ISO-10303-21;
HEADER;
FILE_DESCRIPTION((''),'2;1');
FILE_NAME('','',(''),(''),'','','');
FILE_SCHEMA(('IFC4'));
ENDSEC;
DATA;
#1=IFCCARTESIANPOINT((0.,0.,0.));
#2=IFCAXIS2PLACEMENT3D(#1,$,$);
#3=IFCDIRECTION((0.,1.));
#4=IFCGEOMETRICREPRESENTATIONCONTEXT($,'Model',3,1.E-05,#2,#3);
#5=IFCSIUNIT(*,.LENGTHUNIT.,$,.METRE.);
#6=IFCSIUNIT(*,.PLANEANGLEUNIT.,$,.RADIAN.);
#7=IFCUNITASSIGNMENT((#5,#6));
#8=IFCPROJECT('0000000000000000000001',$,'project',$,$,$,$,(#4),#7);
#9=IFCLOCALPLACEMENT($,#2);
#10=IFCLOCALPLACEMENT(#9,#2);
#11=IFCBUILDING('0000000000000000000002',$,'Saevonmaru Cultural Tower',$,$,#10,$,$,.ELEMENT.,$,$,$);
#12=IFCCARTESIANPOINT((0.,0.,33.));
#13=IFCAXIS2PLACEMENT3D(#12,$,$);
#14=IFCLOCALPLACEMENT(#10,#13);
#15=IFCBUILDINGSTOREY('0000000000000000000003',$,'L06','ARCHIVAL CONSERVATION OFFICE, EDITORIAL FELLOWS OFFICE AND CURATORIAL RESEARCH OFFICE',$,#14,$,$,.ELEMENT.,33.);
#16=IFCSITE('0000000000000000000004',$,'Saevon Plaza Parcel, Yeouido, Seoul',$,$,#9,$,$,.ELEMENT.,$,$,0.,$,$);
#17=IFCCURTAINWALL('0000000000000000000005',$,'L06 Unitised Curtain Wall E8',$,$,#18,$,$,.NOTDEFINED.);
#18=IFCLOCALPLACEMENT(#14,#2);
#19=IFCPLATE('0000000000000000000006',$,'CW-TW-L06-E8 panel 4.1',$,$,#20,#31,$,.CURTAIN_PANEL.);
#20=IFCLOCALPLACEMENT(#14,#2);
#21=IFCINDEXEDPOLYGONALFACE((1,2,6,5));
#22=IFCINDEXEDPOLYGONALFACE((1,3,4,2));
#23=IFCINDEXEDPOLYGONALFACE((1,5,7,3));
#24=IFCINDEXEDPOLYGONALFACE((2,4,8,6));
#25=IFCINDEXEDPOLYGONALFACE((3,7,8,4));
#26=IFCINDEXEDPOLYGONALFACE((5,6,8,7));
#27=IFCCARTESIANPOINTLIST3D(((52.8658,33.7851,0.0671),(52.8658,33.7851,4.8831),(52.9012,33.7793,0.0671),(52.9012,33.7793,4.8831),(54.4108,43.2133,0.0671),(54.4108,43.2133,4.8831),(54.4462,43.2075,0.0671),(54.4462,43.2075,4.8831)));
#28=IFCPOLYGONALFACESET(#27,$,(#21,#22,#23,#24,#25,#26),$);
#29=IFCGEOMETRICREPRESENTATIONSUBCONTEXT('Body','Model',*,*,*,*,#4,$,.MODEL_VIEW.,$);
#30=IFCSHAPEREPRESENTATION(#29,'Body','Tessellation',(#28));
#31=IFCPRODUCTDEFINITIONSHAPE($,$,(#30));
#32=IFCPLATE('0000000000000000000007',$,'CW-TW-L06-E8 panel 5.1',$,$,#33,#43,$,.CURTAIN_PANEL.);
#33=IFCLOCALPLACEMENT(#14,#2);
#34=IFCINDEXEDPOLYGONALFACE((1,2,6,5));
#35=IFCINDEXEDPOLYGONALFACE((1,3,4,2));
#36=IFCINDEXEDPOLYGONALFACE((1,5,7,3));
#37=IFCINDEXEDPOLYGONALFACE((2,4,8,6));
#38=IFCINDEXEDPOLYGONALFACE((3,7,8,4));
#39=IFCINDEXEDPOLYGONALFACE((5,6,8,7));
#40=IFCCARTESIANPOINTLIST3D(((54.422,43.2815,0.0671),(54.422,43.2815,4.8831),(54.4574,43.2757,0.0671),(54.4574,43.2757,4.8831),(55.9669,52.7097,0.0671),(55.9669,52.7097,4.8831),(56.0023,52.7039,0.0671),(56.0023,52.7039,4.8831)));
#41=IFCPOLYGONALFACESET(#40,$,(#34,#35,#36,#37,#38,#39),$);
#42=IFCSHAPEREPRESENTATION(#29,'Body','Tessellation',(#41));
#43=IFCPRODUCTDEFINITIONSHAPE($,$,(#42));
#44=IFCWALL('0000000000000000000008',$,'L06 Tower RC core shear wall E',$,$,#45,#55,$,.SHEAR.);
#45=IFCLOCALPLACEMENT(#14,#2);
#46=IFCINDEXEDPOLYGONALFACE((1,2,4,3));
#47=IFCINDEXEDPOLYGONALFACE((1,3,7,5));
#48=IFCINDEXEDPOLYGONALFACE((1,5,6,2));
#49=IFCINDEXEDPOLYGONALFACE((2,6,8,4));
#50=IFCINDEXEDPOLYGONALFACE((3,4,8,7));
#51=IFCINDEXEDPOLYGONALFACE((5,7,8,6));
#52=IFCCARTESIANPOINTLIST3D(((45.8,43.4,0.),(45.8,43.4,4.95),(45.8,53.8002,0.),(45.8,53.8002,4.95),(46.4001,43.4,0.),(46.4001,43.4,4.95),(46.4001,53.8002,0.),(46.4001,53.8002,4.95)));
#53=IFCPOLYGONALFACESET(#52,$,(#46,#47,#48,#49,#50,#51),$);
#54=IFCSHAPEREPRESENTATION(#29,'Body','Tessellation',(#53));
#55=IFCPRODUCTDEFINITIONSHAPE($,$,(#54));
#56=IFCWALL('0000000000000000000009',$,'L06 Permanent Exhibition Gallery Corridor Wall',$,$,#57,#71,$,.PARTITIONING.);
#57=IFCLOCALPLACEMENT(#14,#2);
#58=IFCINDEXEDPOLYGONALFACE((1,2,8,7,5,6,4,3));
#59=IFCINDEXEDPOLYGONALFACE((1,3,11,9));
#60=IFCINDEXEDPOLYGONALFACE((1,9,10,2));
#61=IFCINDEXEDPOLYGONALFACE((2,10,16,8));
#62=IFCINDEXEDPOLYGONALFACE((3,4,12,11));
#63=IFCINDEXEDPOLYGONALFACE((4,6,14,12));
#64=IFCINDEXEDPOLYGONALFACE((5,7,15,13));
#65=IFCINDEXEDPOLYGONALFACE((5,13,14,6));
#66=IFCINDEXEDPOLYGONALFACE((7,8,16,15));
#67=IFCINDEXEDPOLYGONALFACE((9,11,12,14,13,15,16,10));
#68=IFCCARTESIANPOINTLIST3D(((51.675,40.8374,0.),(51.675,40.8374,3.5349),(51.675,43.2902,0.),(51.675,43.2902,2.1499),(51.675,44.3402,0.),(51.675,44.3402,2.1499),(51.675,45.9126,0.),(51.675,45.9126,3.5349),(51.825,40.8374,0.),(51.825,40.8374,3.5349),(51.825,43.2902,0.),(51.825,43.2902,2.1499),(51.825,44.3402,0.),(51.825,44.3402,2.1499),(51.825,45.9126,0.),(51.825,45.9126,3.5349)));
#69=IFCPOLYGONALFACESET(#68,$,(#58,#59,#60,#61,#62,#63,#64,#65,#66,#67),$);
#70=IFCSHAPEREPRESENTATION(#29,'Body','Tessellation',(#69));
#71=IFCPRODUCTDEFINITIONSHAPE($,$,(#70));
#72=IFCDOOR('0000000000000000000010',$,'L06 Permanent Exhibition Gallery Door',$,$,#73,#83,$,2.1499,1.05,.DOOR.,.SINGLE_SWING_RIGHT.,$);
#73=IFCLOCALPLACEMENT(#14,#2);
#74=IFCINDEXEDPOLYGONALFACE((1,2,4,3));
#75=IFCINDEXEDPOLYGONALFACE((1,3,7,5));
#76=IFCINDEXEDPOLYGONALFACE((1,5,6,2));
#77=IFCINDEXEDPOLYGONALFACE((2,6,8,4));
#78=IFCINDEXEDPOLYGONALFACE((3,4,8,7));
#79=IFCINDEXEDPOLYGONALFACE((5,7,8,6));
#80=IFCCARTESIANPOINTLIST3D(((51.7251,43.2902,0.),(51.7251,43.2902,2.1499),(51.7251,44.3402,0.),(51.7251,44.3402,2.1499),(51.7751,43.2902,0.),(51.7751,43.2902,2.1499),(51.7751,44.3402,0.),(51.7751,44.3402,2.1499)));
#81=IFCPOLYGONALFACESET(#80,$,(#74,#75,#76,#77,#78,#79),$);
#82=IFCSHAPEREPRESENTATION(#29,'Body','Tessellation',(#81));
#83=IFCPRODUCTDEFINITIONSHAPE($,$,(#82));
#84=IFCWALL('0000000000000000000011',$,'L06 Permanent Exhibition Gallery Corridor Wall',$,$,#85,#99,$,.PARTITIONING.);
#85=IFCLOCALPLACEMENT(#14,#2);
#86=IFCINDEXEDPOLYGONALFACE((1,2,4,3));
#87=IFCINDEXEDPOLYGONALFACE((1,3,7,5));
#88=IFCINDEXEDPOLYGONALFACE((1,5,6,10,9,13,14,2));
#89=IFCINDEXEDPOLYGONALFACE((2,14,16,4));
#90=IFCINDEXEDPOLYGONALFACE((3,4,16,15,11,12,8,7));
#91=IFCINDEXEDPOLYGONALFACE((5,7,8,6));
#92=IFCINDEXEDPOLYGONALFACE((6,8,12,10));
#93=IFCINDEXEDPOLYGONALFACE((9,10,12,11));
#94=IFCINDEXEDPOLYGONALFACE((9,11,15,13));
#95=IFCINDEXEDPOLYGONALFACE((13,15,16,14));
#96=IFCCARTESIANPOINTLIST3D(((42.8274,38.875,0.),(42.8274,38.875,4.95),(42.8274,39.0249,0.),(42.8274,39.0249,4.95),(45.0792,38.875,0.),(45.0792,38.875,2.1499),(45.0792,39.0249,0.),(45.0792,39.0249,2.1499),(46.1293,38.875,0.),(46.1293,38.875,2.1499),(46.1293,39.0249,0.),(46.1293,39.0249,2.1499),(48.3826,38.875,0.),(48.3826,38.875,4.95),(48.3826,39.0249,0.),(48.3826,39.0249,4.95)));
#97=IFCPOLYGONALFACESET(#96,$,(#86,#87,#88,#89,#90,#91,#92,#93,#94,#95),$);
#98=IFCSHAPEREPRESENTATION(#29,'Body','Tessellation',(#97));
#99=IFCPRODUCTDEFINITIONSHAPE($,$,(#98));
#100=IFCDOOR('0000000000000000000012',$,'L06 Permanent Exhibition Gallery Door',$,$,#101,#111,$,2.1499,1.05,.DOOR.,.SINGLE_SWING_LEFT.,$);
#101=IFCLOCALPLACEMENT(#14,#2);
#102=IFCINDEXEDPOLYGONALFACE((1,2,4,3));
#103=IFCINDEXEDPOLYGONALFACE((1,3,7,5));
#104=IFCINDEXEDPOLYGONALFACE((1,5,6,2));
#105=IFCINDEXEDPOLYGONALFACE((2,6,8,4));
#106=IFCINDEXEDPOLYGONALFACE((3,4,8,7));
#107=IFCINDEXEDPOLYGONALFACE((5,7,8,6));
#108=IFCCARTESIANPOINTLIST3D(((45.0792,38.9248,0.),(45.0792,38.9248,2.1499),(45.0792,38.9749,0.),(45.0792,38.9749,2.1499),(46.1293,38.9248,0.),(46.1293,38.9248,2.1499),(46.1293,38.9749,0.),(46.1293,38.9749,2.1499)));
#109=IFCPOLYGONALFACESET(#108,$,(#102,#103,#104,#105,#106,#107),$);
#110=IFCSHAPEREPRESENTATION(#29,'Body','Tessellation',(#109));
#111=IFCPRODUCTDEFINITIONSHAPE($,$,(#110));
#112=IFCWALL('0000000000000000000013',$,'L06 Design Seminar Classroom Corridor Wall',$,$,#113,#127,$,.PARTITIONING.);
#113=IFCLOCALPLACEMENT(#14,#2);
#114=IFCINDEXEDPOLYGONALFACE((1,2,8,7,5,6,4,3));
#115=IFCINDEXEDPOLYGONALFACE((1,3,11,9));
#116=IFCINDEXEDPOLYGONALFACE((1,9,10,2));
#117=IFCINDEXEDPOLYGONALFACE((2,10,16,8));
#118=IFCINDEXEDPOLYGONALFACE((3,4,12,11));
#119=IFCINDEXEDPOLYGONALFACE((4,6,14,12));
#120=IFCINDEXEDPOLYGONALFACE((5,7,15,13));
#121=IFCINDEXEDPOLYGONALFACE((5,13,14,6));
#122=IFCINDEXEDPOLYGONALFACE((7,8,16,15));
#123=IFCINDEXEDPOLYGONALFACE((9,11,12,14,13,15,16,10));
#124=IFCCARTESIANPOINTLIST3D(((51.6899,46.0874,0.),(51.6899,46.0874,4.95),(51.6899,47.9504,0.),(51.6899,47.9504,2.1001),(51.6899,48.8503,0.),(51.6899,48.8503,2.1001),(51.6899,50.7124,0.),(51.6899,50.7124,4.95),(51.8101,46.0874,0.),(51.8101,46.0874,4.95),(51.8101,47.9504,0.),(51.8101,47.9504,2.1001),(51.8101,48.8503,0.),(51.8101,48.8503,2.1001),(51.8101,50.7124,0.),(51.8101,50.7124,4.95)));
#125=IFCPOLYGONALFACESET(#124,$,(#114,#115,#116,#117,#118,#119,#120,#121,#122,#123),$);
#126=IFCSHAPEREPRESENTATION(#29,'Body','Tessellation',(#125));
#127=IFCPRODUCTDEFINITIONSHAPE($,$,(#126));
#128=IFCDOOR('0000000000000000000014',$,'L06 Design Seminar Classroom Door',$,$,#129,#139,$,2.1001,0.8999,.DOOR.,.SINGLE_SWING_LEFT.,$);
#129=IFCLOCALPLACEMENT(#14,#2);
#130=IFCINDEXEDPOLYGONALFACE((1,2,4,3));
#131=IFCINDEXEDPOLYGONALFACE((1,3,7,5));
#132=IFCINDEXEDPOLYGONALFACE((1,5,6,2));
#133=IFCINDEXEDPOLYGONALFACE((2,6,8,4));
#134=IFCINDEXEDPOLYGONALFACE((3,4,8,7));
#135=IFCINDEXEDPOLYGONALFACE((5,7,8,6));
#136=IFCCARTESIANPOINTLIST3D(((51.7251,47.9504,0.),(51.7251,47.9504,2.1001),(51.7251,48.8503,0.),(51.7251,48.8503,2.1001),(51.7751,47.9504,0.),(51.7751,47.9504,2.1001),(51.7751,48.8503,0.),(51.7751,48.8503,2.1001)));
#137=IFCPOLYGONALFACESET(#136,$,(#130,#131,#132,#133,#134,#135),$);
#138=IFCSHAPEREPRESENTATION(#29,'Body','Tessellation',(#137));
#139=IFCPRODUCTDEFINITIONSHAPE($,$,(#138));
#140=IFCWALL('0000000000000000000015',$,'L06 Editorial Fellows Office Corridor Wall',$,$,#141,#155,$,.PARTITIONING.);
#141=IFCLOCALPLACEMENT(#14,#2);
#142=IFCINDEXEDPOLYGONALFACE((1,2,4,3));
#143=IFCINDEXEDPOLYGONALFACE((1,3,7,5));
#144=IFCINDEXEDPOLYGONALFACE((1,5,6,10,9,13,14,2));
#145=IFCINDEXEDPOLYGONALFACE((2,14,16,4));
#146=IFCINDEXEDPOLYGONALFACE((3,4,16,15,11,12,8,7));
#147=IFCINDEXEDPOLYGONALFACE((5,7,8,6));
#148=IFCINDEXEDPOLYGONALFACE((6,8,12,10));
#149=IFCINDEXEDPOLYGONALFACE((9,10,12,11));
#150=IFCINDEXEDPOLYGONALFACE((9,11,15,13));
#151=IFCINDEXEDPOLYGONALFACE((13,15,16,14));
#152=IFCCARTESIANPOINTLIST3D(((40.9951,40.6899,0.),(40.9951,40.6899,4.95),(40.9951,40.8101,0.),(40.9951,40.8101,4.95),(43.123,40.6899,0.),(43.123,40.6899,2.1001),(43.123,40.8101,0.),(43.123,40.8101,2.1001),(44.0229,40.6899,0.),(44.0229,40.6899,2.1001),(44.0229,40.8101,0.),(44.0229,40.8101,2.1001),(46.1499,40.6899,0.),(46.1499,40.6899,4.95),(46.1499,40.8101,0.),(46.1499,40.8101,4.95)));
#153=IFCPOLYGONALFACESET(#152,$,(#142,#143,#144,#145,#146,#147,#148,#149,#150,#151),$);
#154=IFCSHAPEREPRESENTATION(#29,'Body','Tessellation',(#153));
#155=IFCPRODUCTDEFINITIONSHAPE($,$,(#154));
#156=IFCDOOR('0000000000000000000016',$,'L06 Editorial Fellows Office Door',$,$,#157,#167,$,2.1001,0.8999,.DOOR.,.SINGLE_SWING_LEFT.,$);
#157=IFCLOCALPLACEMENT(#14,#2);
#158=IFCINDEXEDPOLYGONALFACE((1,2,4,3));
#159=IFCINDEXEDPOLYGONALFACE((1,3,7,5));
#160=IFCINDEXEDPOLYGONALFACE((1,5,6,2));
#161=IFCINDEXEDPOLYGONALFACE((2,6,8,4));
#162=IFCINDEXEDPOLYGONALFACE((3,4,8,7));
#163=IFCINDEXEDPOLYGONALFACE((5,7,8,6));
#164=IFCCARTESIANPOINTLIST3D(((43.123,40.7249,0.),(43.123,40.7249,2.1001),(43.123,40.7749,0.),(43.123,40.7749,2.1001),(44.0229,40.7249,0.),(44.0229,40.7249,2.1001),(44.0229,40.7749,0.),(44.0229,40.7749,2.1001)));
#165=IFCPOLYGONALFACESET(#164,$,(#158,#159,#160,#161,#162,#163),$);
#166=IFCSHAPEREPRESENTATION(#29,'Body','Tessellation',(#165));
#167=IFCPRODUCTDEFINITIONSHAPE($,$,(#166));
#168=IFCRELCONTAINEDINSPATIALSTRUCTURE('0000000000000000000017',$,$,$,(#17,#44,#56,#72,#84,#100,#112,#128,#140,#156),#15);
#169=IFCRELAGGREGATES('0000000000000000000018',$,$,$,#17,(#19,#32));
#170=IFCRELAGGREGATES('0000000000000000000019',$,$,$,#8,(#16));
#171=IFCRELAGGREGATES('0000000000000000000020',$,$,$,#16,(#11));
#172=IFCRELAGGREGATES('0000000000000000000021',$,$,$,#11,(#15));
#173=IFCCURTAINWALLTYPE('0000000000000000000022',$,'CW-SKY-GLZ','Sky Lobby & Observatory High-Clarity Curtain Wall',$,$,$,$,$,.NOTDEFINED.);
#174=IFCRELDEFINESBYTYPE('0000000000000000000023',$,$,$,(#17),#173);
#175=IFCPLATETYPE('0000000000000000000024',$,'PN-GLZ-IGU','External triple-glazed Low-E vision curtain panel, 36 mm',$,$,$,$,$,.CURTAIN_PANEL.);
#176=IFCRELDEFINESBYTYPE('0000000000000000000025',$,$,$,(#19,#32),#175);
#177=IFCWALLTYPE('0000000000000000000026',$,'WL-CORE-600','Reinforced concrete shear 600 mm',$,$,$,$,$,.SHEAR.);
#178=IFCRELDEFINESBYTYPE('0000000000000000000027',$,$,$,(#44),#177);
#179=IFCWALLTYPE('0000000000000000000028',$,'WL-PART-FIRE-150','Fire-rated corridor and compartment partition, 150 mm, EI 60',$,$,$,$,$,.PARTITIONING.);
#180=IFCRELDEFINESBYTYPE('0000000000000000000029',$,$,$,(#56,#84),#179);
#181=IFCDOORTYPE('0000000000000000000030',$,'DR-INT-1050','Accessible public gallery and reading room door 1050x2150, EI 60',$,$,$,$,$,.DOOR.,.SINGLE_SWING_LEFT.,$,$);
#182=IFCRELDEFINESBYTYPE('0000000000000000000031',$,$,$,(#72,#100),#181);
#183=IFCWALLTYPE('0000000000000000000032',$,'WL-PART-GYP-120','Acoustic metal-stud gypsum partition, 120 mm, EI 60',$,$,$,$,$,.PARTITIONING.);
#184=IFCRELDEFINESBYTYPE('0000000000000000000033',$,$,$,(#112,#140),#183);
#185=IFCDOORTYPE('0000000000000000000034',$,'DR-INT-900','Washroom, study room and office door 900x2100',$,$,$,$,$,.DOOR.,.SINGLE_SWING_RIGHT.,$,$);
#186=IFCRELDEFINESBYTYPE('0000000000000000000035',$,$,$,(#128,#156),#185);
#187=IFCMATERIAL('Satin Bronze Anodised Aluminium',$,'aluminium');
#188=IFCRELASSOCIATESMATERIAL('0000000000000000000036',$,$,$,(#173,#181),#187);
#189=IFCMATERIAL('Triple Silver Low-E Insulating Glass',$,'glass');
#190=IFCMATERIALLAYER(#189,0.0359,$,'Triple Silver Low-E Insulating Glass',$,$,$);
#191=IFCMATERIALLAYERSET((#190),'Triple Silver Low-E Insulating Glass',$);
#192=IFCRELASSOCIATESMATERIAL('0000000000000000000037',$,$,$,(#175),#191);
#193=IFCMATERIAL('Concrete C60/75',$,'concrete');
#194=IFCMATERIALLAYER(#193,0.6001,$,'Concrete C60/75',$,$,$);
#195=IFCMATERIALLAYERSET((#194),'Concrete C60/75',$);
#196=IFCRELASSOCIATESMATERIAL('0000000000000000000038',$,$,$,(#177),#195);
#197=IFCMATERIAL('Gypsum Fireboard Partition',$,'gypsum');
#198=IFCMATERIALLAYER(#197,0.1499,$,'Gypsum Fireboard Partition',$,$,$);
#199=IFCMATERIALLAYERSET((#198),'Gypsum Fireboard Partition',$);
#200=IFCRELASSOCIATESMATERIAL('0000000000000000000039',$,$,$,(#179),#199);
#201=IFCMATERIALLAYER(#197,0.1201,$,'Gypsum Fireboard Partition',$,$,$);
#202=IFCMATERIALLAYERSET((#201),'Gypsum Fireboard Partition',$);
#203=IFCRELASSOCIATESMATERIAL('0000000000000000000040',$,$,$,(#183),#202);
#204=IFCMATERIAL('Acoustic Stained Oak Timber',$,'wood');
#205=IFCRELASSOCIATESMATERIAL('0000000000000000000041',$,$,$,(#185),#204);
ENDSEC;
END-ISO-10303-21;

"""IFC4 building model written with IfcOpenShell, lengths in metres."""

from ifc_helpers import new_model, si_unit, direction, frame, frame_2d, origin, origin_2d, place, context, subcontext, project, spatial, rectangle, extrude, material, layer, layer_set, type_object, element, fill, aggregate, save


model = new_model("IFC4")

# Units and contexts
model_context = context("Model", 3, precision=1e-05, world=origin(), true_north=direction((0.0, 1.0)))
body_context = subcontext(model_context, "Body", "Model", "MODEL_VIEW")
ifc_project = project(units=[si_unit("LENGTHUNIT", "METRE"), si_unit("PLANEANGLEUNIT", "RADIAN")], contexts=[model_context])

# Site, building, storey
site_placement = place(None, origin())
site = spatial("IfcSite", under=ifc_project, at=site_placement, Name="Saevon Plaza Parcel, Yeouido, Seoul", CompositionType="ELEMENT", RefElevation=0.0)
building_placement = place(site_placement, origin())
building = spatial("IfcBuilding", under=site, at=building_placement, Name="Saevonmaru Cultural Tower", CompositionType="ELEMENT")
storey_placement = place(building_placement, frame((0.0, 0.0, 33.0)))
storey = spatial("IfcBuildingStorey", under=building, at=storey_placement, Name="L06", Description="ARCHIVAL CONSERVATION OFFICE, EDITORIAL FELLOWS OFFICE AND CURATORIAL RESEARCH OFFICE", CompositionType="ELEMENT", Elevation=33.0)

# Curtain wall
ifc_material_1 = material(Name="Satin Bronze Anodised Aluminium", Category="aluminium")
curtain_wall_type = type_object("IfcCurtainWallType", Name="CW-SKY-GLZ", Description="Sky Lobby & Observatory High-Clarity Curtain Wall", PredefinedType="NOTDEFINED", material=ifc_material_1)
curtain_wall_placement = place(storey_placement, origin())
curtain_wall = element("IfcCurtainWall", 1, at=curtain_wall_placement, inside=storey, type_object=curtain_wall_type, Name="L06 Unitised Curtain Wall E8", PredefinedType="NOTDEFINED")

# Plates
ifc_material_2 = material(Name="Triple Silver Low-E Insulating Glass", Category="glass")
ifc_layer_1 = layer(ifc_material_2, 0.0359, Name="Triple Silver Low-E Insulating Glass")
ifc_layer_set_1 = layer_set([ifc_layer_1], Name="Triple Silver Low-E Insulating Glass")
plate_type_1 = type_object("IfcPlateType", Name="PN-GLZ-IGU", Description="External triple-glazed Low-E vision curtain panel, 36 mm", PredefinedType="CURTAIN_PANEL", material=ifc_layer_set_1)
plate_1_placement = place(storey_placement, frame((53.656, 38.4963, 0.0671), z_axis=(0.0, 0.0, 1.0), x_axis=(0.161709, 0.986839, 0.0)))
plate_1 = element("IfcPlate", 2, at=plate_1_placement, type_object=plate_type_1, Name="CW-TW-L06-E8 panel 4.1", PredefinedType="CURTAIN_PANEL", context=body_context, shape_type="SweptSolid", body=[
    extrude(rectangle(XDim=9.554, YDim=0.0359, at=origin_2d()), origin(), (0.0, 0.0, 1.0), 4.8159),
])
plate_2_placement = place(storey_placement, frame((55.2122, 47.9927, 0.0671), z_axis=(0.0, 0.0, 1.0), x_axis=(0.161709, 0.986839, 0.0)))
plate_2 = element("IfcPlate", 3, at=plate_2_placement, type_object=plate_type_1, Name="CW-TW-L06-E8 panel 5.1", PredefinedType="CURTAIN_PANEL", context=body_context, shape_type="SweptSolid", body=[
    extrude(rectangle(XDim=9.554, YDim=0.0359, at=origin_2d()), origin(), (0.0, 0.0, 1.0), 4.8159),
])
aggregate(curtain_wall, [plate_1, plate_2])

# Wall
ifc_material_3 = material(Name="Concrete C60/75", Category="concrete")
ifc_layer_2 = layer(ifc_material_3, 0.6001, Name="Concrete C60/75")
ifc_layer_set_2 = layer_set([ifc_layer_2], Name="Concrete C60/75")
wall_type_1 = type_object("IfcWallType", Name="WL-CORE-600", Description="Reinforced concrete shear 600 mm", PredefinedType="SHEAR", material=ifc_layer_set_2)
wall_1_placement = place(storey_placement, frame((46.1001, 43.3999, 0.0), z_axis=(0.0, 0.0, 1.0), x_axis=(0.0, 1.0, 0.0)))
element("IfcWall", 4, at=wall_1_placement, inside=storey, type_object=wall_type_1, Name="L06 Tower RC core shear wall E", PredefinedType="SHEAR", context=body_context, shape_type="SweptSolid", body=[
    extrude(rectangle(XDim=10.4001, YDim=0.6001, at=frame_2d((5.2002, 0.0))), origin(), (0.0, 0.0, 1.0), 4.95),
])

# Walls, openings, doors
ifc_material_4 = material(Name="Gypsum Fireboard Partition", Category="gypsum")
ifc_layer_3 = layer(ifc_material_4, 0.1499, Name="Gypsum Fireboard Partition")
ifc_layer_set_3 = layer_set([ifc_layer_3], Name="Gypsum Fireboard Partition")
wall_type_2 = type_object("IfcWallType", Name="WL-PART-FIRE-150", Description="Fire-rated corridor and compartment partition, 150 mm, EI 60", PredefinedType="PARTITIONING", material=ifc_layer_set_3)
wall_2_placement = place(storey_placement, frame((51.75, 40.8374, 0.0), z_axis=(0.0, 0.0, 1.0), x_axis=(0.0, 1.0, 0.0)))
wall_2 = element("IfcWall", 5, at=wall_2_placement, inside=storey, type_object=wall_type_2, Name="L06 Permanent Exhibition Gallery Corridor Wall", PredefinedType="PARTITIONING", context=body_context, shape_type="SweptSolid", body=[
    extrude(rectangle(XDim=5.0752, YDim=0.1499, at=frame_2d((2.5376, 0.0))), origin(), (0.0, 0.0, 1.0), 3.5349),
])
opening_1_placement = place(wall_2_placement, frame((2.4529, 0.0, 0.0)))
opening_1 = element("IfcOpeningElement", 6, at=opening_1_placement, cuts=wall_2, PredefinedType="OPENING", context=body_context, shape_type="SweptSolid", body=[
    extrude(rectangle(XDim=1.05, YDim=2.1499, at=frame_2d((0.5249, 1.075))), frame((0.0, 0.085, 0.0), z_axis=(0.0, -1.0, 0.0), x_axis=(1.0, 0.0, 0.0)), (0.0, 0.0, 1.0), 0.1699),
])
door_type_1 = type_object("IfcDoorType", Name="DR-INT-1050", Description="Accessible public gallery and reading room door 1050x2150, EI 60", OperationType="SINGLE_SWING_LEFT", PredefinedType="DOOR", material=ifc_material_1)
door_1_placement = place(opening_1_placement, origin())
door_1 = element("IfcDoor", 7, at=door_1_placement, inside=storey, type_object=door_type_1, Name="L06 Permanent Exhibition Gallery Door", OperationType="SINGLE_SWING_RIGHT", OverallHeight=2.1499, OverallWidth=1.05, PredefinedType="DOOR", context=body_context, shape_type="SweptSolid", body=[
    extrude(rectangle(XDim=1.05, YDim=2.1499, at=frame_2d((0.5249, 1.075))), frame((0.0, 0.0249, 0.0), z_axis=(0.0, -1.0, 0.0), x_axis=(1.0, 0.0, 0.0)), (0.0, 0.0, 1.0), 0.05),
])
fill(opening_1, door_1)
wall_3_placement = place(storey_placement, frame((42.8274, 38.95, 0.0), z_axis=(0.0, 0.0, 1.0), x_axis=(1.0, 0.0, 0.0)))
wall_3 = element("IfcWall", 8, at=wall_3_placement, inside=storey, type_object=wall_type_2, Name="L06 Permanent Exhibition Gallery Corridor Wall", PredefinedType="PARTITIONING", context=body_context, shape_type="SweptSolid", body=[
    extrude(rectangle(XDim=5.5552, YDim=0.1499, at=frame_2d((2.7776, 0.0))), origin(), (0.0, 0.0, 1.0), 4.95),
])
opening_2_placement = place(wall_3_placement, frame((2.252, 0.0, 0.0)))
opening_2 = element("IfcOpeningElement", 9, at=opening_2_placement, cuts=wall_3, PredefinedType="OPENING", context=body_context, shape_type="SweptSolid", body=[
    extrude(rectangle(XDim=1.05, YDim=2.1499, at=frame_2d((0.5249, 1.075))), frame((0.0, 0.085, 0.0), z_axis=(0.0, -1.0, 0.0), x_axis=(1.0, 0.0, 0.0)), (0.0, 0.0, 1.0), 0.1699),
])
door_2_placement = place(opening_2_placement, origin())
door_2 = element("IfcDoor", 10, at=door_2_placement, inside=storey, type_object=door_type_1, Name="L06 Permanent Exhibition Gallery Door", OperationType="SINGLE_SWING_LEFT", OverallHeight=2.1499, OverallWidth=1.05, PredefinedType="DOOR", context=body_context, shape_type="SweptSolid", body=[
    extrude(rectangle(XDim=1.05, YDim=2.1499, at=frame_2d((0.5249, 1.075))), frame((0.0, 0.0249, 0.0), z_axis=(0.0, -1.0, 0.0), x_axis=(1.0, 0.0, 0.0)), (0.0, 0.0, 1.0), 0.05),
])
fill(opening_2, door_2)
ifc_layer_4 = layer(ifc_material_4, 0.1201, Name="Gypsum Fireboard Partition")
ifc_layer_set_4 = layer_set([ifc_layer_4], Name="Gypsum Fireboard Partition")
wall_type_3 = type_object("IfcWallType", Name="WL-PART-GYP-120", Description="Acoustic metal-stud gypsum partition, 120 mm, EI 60", PredefinedType="PARTITIONING", material=ifc_layer_set_4)
wall_4_placement = place(storey_placement, frame((51.75, 46.0874, 0.0), z_axis=(0.0, 0.0, 1.0), x_axis=(0.0, 1.0, 0.0)))
wall_4 = element("IfcWall", 11, at=wall_4_placement, inside=storey, type_object=wall_type_3, Name="L06 Design Seminar Classroom Corridor Wall", PredefinedType="PARTITIONING", context=body_context, shape_type="SweptSolid", body=[
    extrude(rectangle(XDim=4.625, YDim=0.1201, at=frame_2d((2.3125, 0.0))), origin(), (0.0, 0.0, 1.0), 4.95),
])
opening_3_placement = place(wall_4_placement, frame((1.863, 0.0, 0.0)))
opening_3 = element("IfcOpeningElement", 12, at=opening_3_placement, cuts=wall_4, PredefinedType="OPENING", context=body_context, shape_type="SweptSolid", body=[
    extrude(rectangle(XDim=0.8999, YDim=2.1001, at=frame_2d((0.45, 1.05))), frame((0.0, 0.0701, 0.0), z_axis=(0.0, -1.0, 0.0), x_axis=(1.0, 0.0, 0.0)), (0.0, 0.0, 1.0), 0.1401),
])
ifc_material_5 = material(Name="Acoustic Stained Oak Timber", Category="wood")
door_type_2 = type_object("IfcDoorType", Name="DR-INT-900", Description="Washroom, study room and office door 900x2100", OperationType="SINGLE_SWING_RIGHT", PredefinedType="DOOR", material=ifc_material_5)
door_3_placement = place(opening_3_placement, origin())
door_3 = element("IfcDoor", 13, at=door_3_placement, inside=storey, type_object=door_type_2, Name="L06 Design Seminar Classroom Door", OperationType="SINGLE_SWING_LEFT", OverallHeight=2.1001, OverallWidth=0.8999, PredefinedType="DOOR", context=body_context, shape_type="SweptSolid", body=[
    extrude(rectangle(XDim=0.8999, YDim=2.1001, at=frame_2d((0.45, 1.05))), frame((0.0, 0.0249, 0.0), z_axis=(0.0, -1.0, 0.0), x_axis=(1.0, 0.0, 0.0)), (0.0, 0.0, 1.0), 0.05),
])
fill(opening_3, door_3)
wall_5_placement = place(storey_placement, frame((40.9951, 40.75, 0.0), z_axis=(0.0, 0.0, 1.0), x_axis=(1.0, 0.0, 0.0)))
wall_5 = element("IfcWall", 14, at=wall_5_placement, inside=storey, type_object=wall_type_3, Name="L06 Editorial Fellows Office Corridor Wall", PredefinedType="PARTITIONING", context=body_context, shape_type="SweptSolid", body=[
    extrude(rectangle(XDim=5.1548, YDim=0.1201, at=frame_2d((2.5774, 0.0))), origin(), (0.0, 0.0, 1.0), 4.95),
])
opening_4_placement = place(wall_5_placement, frame((2.1279, 0.0, 0.0)))
opening_4 = element("IfcOpeningElement", 15, at=opening_4_placement, cuts=wall_5, PredefinedType="OPENING", context=body_context, shape_type="SweptSolid", body=[
    extrude(rectangle(XDim=0.8999, YDim=2.1001, at=frame_2d((0.45, 1.05))), frame((0.0, 0.0701, 0.0), z_axis=(0.0, -1.0, 0.0), x_axis=(1.0, 0.0, 0.0)), (0.0, 0.0, 1.0), 0.1401),
])
door_4_placement = place(opening_4_placement, origin())
door_4 = element("IfcDoor", 16, at=door_4_placement, inside=storey, type_object=door_type_2, Name="L06 Editorial Fellows Office Door", OperationType="SINGLE_SWING_LEFT", OverallHeight=2.1001, OverallWidth=0.8999, PredefinedType="DOOR", context=body_context, shape_type="SweptSolid", body=[
    extrude(rectangle(XDim=0.8999, YDim=2.1001, at=frame_2d((0.45, 1.05))), frame((0.0, 0.0249, 0.0), z_axis=(0.0, -1.0, 0.0), x_axis=(1.0, 0.0, 0.0)), (0.0, 0.0, 1.0), 0.05),
])
fill(opening_4, door_4)

save(model, "model.ifc")
